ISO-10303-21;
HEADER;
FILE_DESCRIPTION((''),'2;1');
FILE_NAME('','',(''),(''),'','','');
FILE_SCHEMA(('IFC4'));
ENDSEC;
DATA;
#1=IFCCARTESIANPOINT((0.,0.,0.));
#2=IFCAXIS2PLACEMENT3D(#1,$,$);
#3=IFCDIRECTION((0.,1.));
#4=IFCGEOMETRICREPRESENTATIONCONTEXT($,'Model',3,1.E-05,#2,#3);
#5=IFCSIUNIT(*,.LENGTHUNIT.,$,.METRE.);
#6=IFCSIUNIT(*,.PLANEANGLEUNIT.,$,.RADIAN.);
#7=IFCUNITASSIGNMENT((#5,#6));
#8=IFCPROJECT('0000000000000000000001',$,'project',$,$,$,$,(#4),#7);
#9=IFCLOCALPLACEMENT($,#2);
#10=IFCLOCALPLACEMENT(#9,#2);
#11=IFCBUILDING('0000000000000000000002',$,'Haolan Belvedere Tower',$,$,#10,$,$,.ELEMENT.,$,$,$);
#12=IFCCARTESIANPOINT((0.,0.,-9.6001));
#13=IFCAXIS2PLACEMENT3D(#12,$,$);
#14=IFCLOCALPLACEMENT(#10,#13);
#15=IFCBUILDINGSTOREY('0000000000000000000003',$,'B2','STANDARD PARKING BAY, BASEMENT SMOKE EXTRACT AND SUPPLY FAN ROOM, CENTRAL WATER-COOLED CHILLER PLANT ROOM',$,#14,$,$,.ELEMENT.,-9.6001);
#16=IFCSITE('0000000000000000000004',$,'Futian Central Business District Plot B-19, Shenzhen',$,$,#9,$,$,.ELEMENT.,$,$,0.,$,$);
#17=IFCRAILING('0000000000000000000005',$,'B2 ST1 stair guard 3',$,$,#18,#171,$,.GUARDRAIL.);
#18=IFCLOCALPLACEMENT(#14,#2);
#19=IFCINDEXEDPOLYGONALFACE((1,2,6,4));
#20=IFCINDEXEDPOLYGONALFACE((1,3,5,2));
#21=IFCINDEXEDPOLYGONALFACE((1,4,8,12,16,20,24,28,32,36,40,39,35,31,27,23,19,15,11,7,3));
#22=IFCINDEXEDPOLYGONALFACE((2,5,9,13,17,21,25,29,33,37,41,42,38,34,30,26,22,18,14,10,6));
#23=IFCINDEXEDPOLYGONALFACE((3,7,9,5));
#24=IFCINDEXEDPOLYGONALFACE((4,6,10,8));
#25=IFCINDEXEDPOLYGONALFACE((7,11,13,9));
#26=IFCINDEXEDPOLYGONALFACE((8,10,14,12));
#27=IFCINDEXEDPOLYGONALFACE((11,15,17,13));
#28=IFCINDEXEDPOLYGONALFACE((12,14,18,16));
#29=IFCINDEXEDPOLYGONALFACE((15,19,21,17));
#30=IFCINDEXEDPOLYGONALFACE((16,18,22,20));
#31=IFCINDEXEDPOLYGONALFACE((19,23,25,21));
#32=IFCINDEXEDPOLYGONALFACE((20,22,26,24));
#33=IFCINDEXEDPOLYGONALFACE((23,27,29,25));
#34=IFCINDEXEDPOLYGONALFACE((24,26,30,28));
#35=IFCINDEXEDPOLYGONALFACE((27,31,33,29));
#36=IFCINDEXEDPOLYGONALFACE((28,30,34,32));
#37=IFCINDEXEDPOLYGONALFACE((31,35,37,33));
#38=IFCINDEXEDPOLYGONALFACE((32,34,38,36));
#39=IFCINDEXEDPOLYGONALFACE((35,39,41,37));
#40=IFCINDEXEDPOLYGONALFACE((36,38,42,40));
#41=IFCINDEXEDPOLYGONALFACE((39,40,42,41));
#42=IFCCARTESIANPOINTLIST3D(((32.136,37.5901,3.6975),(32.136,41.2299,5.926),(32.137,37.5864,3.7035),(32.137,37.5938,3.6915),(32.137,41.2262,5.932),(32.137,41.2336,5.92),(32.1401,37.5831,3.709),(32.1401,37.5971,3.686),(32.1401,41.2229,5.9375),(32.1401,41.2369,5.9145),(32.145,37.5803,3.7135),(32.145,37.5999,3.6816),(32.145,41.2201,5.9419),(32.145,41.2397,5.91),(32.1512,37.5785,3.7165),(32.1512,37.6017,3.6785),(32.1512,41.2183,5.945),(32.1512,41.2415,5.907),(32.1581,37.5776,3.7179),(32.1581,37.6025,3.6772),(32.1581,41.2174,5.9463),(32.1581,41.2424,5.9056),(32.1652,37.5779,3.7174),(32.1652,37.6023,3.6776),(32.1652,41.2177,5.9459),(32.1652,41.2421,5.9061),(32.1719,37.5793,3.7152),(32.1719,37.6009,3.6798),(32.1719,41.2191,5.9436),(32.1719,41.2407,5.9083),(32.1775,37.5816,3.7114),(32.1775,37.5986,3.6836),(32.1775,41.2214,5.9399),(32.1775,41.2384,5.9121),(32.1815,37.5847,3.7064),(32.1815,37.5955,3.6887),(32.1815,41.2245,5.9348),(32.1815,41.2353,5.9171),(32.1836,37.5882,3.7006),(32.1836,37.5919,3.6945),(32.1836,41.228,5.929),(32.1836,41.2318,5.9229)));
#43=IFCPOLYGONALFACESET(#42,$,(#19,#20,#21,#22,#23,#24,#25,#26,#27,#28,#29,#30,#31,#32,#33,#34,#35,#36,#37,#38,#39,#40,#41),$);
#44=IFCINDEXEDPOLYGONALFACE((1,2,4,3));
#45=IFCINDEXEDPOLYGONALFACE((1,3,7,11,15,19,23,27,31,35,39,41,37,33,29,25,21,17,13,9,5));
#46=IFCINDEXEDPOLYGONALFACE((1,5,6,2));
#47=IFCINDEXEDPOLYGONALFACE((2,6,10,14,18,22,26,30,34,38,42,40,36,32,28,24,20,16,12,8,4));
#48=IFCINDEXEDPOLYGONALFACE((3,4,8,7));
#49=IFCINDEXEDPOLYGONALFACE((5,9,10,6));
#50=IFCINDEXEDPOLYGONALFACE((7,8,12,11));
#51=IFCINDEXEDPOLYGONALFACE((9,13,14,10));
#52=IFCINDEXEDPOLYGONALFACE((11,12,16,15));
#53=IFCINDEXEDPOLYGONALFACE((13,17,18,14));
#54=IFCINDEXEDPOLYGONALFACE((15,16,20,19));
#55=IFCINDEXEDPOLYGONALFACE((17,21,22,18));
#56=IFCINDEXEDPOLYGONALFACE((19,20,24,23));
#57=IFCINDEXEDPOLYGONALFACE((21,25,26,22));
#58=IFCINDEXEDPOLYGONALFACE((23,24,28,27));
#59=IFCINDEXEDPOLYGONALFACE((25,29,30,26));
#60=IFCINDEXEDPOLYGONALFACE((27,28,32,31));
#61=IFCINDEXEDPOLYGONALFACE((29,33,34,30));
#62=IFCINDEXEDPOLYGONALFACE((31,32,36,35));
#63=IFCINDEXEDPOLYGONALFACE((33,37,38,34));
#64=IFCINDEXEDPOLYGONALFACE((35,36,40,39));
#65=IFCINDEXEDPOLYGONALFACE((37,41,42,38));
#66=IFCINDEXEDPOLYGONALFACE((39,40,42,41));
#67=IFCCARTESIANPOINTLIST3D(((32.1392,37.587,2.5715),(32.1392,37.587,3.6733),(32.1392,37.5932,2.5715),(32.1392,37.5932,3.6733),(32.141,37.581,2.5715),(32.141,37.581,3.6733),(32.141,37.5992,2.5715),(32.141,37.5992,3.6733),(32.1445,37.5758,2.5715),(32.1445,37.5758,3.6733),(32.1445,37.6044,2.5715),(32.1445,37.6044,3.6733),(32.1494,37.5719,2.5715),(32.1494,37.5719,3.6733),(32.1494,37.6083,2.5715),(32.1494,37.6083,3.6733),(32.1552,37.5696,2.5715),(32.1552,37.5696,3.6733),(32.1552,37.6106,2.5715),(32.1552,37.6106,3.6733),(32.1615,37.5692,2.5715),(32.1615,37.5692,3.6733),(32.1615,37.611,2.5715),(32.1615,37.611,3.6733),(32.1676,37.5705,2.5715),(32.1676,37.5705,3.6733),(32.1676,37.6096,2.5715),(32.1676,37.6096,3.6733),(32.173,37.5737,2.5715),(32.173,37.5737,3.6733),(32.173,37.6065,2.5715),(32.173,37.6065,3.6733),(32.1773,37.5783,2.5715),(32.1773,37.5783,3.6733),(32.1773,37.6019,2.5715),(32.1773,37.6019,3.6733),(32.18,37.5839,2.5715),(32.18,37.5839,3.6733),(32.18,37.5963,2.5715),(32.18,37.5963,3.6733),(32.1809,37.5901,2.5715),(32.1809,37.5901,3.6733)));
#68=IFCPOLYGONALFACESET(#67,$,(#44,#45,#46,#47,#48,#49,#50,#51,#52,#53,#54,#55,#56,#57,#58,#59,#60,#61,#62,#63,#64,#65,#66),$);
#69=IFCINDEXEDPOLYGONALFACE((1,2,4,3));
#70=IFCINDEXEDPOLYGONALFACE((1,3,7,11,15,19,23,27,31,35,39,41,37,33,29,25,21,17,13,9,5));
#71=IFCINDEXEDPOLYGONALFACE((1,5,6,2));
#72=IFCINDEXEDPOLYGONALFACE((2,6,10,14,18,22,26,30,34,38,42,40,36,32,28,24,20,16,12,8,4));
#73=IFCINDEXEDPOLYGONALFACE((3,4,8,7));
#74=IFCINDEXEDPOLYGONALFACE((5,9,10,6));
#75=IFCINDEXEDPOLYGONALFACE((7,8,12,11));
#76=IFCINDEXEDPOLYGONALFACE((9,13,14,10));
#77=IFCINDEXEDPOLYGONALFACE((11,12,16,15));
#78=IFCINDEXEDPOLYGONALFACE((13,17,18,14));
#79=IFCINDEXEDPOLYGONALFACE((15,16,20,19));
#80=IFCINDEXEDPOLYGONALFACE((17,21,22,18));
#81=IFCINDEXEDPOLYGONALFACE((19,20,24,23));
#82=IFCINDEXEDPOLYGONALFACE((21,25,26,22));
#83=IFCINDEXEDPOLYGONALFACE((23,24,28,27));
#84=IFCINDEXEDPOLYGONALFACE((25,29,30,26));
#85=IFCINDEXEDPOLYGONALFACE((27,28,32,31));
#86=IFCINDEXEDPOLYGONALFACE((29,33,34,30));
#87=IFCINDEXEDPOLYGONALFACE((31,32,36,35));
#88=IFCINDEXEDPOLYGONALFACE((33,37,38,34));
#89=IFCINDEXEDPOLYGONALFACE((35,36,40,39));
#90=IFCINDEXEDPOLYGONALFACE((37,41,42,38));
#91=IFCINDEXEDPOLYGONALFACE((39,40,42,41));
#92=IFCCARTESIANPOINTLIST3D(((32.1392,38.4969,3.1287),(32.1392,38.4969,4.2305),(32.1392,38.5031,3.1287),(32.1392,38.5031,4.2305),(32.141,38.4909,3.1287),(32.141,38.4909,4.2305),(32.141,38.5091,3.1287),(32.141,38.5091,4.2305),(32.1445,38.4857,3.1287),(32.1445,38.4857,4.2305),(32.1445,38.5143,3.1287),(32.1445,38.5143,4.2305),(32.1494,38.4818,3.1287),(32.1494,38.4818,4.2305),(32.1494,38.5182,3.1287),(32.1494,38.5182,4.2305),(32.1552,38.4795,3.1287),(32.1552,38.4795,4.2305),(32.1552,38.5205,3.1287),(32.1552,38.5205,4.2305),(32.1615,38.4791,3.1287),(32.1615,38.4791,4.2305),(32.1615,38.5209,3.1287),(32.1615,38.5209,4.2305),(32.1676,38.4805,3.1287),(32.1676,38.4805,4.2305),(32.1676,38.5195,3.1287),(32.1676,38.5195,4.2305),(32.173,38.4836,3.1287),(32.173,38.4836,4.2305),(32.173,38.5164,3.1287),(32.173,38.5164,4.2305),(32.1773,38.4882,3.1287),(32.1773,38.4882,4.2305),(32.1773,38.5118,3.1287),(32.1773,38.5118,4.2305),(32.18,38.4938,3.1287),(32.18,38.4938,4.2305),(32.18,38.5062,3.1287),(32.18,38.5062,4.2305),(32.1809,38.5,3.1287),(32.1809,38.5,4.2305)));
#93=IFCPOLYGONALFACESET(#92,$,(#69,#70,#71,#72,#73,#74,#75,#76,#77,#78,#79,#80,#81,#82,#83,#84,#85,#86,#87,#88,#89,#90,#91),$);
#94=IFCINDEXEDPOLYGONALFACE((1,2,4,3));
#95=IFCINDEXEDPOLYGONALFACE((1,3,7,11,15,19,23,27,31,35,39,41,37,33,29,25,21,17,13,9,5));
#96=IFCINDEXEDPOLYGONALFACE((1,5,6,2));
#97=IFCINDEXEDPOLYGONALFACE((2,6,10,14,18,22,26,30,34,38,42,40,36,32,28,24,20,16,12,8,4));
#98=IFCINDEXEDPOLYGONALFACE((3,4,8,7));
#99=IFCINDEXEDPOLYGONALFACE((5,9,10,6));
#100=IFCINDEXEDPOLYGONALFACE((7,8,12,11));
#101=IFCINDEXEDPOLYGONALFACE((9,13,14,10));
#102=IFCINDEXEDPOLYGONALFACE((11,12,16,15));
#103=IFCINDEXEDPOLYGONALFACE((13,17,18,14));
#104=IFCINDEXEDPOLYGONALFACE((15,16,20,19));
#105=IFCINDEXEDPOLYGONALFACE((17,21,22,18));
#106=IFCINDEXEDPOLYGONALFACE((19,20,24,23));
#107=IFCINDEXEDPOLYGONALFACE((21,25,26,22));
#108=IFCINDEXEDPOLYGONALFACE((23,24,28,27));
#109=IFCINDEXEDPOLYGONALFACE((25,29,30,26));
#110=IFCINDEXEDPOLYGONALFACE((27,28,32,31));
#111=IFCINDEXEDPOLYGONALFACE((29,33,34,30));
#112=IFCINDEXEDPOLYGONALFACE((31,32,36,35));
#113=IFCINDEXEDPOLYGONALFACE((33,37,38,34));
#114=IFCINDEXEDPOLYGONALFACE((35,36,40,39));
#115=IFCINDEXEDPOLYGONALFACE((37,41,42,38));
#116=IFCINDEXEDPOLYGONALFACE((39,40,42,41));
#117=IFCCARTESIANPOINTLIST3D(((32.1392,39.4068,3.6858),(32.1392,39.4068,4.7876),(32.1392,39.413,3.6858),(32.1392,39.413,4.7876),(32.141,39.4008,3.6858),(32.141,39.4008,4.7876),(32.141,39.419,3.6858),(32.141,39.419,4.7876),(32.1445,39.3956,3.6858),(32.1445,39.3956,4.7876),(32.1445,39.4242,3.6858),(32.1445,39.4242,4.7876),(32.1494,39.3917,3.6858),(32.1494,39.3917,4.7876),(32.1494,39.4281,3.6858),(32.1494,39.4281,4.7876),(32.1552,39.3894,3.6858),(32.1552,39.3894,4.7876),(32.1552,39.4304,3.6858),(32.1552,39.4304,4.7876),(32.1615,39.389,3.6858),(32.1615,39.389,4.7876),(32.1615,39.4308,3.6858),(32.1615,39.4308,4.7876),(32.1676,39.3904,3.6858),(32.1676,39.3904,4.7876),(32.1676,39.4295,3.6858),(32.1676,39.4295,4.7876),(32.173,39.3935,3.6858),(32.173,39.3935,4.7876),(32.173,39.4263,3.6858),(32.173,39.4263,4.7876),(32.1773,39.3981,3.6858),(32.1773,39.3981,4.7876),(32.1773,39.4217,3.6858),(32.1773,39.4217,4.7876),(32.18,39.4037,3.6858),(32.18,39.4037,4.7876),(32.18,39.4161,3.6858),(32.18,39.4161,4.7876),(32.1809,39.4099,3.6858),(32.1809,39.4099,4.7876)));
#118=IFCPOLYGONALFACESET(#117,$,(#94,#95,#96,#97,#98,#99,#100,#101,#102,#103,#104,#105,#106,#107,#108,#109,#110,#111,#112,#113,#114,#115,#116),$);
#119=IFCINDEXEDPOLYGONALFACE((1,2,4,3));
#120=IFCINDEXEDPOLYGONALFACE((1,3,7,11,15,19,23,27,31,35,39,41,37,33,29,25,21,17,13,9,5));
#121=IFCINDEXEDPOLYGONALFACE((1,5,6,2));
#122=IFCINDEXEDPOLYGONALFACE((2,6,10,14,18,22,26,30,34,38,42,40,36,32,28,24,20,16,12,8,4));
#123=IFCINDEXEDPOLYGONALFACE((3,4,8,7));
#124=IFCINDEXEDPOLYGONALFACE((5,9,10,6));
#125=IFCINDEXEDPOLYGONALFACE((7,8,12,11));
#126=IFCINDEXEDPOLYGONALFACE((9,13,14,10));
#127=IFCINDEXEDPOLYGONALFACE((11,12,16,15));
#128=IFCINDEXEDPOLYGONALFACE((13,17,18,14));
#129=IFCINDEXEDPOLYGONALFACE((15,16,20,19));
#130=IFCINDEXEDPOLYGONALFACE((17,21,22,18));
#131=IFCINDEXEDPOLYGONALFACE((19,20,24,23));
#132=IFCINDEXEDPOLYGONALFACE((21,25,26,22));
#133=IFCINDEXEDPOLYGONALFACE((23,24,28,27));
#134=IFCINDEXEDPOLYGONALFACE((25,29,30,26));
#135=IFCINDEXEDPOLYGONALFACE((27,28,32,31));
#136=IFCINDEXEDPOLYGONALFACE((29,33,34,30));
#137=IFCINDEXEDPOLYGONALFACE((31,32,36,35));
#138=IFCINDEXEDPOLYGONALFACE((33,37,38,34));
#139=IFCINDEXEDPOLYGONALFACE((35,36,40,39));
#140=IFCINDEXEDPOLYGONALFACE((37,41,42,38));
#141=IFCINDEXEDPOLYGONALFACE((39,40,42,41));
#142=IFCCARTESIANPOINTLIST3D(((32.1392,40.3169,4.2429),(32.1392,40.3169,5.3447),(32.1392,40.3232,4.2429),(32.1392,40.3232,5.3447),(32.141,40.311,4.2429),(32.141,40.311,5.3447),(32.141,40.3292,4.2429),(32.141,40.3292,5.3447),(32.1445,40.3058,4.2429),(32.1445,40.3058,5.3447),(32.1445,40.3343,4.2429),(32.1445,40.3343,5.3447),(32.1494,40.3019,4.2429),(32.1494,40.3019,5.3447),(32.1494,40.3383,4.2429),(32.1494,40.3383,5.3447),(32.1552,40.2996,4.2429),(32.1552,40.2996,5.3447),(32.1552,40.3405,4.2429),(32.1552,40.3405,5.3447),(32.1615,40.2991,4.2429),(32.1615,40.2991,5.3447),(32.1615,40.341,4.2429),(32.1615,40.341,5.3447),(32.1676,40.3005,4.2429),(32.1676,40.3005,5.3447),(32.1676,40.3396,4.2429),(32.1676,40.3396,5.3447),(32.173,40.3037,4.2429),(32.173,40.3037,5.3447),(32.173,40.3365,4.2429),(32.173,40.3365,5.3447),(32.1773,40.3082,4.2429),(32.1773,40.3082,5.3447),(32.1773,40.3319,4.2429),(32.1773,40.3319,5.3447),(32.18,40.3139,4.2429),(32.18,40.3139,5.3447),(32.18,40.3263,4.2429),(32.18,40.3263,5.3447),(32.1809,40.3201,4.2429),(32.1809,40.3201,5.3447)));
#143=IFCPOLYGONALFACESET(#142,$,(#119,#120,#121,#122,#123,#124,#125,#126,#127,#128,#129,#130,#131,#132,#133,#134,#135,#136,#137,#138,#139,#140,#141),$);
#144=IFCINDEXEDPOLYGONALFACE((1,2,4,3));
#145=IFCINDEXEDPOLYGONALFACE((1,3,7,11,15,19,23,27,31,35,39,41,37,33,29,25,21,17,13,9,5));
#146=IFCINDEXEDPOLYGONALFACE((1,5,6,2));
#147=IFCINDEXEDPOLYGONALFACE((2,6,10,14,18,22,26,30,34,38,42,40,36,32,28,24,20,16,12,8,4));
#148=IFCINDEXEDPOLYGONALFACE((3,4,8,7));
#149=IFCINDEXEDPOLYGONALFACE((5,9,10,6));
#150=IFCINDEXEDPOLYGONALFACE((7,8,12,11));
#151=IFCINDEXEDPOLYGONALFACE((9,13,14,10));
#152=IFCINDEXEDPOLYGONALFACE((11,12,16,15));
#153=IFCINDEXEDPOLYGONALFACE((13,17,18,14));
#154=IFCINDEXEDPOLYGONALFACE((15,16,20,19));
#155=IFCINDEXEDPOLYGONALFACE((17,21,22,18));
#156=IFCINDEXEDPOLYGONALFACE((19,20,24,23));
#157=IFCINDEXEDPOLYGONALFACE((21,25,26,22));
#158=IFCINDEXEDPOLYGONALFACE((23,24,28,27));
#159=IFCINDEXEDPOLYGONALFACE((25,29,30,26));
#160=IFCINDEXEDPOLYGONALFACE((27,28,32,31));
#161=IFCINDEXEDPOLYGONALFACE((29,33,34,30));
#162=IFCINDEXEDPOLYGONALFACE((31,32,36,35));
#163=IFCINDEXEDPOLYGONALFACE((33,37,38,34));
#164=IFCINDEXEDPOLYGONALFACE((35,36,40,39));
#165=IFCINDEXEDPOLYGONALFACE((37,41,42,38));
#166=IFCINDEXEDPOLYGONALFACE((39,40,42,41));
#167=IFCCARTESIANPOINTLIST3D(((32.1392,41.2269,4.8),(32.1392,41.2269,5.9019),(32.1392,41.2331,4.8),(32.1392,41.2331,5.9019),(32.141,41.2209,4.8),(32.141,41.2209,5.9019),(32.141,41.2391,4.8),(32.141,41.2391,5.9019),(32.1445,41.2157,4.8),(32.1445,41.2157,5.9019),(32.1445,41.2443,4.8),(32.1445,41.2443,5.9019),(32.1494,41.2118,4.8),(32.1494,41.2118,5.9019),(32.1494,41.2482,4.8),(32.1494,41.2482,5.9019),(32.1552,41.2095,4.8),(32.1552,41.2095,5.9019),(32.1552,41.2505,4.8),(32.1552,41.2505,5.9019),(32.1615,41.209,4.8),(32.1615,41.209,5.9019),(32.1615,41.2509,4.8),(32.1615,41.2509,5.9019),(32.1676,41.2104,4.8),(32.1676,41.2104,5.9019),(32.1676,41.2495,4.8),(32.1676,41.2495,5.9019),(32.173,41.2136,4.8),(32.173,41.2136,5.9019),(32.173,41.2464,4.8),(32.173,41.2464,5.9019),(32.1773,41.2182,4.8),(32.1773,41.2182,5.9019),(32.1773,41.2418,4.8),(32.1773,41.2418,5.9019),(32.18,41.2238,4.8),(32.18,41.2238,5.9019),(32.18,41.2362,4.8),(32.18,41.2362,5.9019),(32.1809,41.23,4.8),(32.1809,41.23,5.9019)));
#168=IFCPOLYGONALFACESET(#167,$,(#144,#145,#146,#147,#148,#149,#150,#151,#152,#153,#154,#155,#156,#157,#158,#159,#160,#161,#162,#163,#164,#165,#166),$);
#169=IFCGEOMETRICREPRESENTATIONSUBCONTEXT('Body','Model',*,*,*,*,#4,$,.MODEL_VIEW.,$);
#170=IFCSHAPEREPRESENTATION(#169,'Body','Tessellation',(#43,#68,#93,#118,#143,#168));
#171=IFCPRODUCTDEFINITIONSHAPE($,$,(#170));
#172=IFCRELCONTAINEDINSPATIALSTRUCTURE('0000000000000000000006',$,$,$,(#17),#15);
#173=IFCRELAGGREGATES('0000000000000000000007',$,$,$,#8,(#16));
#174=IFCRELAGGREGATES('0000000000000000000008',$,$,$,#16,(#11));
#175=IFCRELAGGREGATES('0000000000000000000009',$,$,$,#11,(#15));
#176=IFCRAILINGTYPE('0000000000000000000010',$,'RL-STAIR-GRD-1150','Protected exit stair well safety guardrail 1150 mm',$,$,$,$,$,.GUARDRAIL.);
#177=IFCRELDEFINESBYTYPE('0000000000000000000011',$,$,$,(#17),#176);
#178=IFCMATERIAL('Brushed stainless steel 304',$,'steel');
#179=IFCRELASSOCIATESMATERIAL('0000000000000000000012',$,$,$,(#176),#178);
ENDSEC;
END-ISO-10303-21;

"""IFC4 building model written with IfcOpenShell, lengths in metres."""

from ifc_helpers import new_model, si_unit, direction, frame, origin, origin_2d, place, context, subcontext, project, spatial, circle, extrude, material, type_object, element, save


model = new_model("IFC4")

# Units and contexts
model_context = context("Model", 3, precision=1e-05, world=origin(), true_north=direction((0.0, 1.0)))
body_context = subcontext(model_context, "Body", "Model", "MODEL_VIEW")
ifc_project = project(units=[si_unit("LENGTHUNIT", "METRE"), si_unit("PLANEANGLEUNIT", "RADIAN")], contexts=[model_context])

# Site, building, storey
site_placement = place(None, origin())
site = spatial("IfcSite", under=ifc_project, at=site_placement, Name="Futian Central Business District Plot B-19, Shenzhen", CompositionType="ELEMENT", RefElevation=0.0)
building_placement = place(site_placement, origin())
building = spatial("IfcBuilding", under=site, at=building_placement, Name="Haolan Belvedere Tower", CompositionType="ELEMENT")
storey_placement = place(building_placement, frame((0.0, 0.0, -9.6001)))
storey = spatial("IfcBuildingStorey", under=building, at=storey_placement, Name="B2", Description="STANDARD PARKING BAY, BASEMENT SMOKE EXTRACT AND SUPPLY FAN ROOM, CENTRAL WATER-COOLED CHILLER PLANT ROOM", CompositionType="ELEMENT", Elevation=-9.6001)

# Railing
ifc_material_1 = material(Name="Brushed stainless steel 304", Category="steel")
railing_type_1 = type_object("IfcRailingType", Name="RL-STAIR-GRD-1150", Description="Protected exit stair well safety guardrail 1150 mm", PredefinedType="GUARDRAIL", material=ifc_material_1)
railing_1_placement = place(storey_placement, frame((32.1599, 37.5901, 2.5715)))
element("IfcRailing", 1, at=railing_1_placement, inside=storey, type_object=railing_type_1, Name="B2 ST1 stair guard 3", PredefinedType="GUARDRAIL", context=body_context, shape_type="SweptSolid", body=[
    extrude(circle(Radius=0.0239, at=origin_2d()), frame((0.0, 0.0, 1.126), z_axis=(0.0, 0.85285, 0.522156), x_axis=(-1.0, 0.0, 0.0)), (0.0, 0.0, 1.0), 4.2678),
    extrude(circle(Radius=0.021, at=origin_2d()), origin(), (0.0, 0.0, 1.0), 1.1018),
    extrude(circle(Radius=0.021, at=origin_2d()), frame((0.0, 0.9099, 0.5571)), (0.0, 0.0, 1.0), 1.1018),
    extrude(circle(Radius=0.021, at=origin_2d()), frame((0.0, 1.8198, 1.1143)), (0.0, 0.0, 1.0), 1.1018),
    extrude(circle(Radius=0.021, at=origin_2d()), frame((0.0, 2.73, 1.6714)), (0.0, 0.0, 1.0), 1.1018),
    extrude(circle(Radius=0.021, at=origin_2d()), frame((0.0, 3.6399, 2.2285)), (0.0, 0.0, 1.0), 1.1018),
])

save(model, "model.ifc")
